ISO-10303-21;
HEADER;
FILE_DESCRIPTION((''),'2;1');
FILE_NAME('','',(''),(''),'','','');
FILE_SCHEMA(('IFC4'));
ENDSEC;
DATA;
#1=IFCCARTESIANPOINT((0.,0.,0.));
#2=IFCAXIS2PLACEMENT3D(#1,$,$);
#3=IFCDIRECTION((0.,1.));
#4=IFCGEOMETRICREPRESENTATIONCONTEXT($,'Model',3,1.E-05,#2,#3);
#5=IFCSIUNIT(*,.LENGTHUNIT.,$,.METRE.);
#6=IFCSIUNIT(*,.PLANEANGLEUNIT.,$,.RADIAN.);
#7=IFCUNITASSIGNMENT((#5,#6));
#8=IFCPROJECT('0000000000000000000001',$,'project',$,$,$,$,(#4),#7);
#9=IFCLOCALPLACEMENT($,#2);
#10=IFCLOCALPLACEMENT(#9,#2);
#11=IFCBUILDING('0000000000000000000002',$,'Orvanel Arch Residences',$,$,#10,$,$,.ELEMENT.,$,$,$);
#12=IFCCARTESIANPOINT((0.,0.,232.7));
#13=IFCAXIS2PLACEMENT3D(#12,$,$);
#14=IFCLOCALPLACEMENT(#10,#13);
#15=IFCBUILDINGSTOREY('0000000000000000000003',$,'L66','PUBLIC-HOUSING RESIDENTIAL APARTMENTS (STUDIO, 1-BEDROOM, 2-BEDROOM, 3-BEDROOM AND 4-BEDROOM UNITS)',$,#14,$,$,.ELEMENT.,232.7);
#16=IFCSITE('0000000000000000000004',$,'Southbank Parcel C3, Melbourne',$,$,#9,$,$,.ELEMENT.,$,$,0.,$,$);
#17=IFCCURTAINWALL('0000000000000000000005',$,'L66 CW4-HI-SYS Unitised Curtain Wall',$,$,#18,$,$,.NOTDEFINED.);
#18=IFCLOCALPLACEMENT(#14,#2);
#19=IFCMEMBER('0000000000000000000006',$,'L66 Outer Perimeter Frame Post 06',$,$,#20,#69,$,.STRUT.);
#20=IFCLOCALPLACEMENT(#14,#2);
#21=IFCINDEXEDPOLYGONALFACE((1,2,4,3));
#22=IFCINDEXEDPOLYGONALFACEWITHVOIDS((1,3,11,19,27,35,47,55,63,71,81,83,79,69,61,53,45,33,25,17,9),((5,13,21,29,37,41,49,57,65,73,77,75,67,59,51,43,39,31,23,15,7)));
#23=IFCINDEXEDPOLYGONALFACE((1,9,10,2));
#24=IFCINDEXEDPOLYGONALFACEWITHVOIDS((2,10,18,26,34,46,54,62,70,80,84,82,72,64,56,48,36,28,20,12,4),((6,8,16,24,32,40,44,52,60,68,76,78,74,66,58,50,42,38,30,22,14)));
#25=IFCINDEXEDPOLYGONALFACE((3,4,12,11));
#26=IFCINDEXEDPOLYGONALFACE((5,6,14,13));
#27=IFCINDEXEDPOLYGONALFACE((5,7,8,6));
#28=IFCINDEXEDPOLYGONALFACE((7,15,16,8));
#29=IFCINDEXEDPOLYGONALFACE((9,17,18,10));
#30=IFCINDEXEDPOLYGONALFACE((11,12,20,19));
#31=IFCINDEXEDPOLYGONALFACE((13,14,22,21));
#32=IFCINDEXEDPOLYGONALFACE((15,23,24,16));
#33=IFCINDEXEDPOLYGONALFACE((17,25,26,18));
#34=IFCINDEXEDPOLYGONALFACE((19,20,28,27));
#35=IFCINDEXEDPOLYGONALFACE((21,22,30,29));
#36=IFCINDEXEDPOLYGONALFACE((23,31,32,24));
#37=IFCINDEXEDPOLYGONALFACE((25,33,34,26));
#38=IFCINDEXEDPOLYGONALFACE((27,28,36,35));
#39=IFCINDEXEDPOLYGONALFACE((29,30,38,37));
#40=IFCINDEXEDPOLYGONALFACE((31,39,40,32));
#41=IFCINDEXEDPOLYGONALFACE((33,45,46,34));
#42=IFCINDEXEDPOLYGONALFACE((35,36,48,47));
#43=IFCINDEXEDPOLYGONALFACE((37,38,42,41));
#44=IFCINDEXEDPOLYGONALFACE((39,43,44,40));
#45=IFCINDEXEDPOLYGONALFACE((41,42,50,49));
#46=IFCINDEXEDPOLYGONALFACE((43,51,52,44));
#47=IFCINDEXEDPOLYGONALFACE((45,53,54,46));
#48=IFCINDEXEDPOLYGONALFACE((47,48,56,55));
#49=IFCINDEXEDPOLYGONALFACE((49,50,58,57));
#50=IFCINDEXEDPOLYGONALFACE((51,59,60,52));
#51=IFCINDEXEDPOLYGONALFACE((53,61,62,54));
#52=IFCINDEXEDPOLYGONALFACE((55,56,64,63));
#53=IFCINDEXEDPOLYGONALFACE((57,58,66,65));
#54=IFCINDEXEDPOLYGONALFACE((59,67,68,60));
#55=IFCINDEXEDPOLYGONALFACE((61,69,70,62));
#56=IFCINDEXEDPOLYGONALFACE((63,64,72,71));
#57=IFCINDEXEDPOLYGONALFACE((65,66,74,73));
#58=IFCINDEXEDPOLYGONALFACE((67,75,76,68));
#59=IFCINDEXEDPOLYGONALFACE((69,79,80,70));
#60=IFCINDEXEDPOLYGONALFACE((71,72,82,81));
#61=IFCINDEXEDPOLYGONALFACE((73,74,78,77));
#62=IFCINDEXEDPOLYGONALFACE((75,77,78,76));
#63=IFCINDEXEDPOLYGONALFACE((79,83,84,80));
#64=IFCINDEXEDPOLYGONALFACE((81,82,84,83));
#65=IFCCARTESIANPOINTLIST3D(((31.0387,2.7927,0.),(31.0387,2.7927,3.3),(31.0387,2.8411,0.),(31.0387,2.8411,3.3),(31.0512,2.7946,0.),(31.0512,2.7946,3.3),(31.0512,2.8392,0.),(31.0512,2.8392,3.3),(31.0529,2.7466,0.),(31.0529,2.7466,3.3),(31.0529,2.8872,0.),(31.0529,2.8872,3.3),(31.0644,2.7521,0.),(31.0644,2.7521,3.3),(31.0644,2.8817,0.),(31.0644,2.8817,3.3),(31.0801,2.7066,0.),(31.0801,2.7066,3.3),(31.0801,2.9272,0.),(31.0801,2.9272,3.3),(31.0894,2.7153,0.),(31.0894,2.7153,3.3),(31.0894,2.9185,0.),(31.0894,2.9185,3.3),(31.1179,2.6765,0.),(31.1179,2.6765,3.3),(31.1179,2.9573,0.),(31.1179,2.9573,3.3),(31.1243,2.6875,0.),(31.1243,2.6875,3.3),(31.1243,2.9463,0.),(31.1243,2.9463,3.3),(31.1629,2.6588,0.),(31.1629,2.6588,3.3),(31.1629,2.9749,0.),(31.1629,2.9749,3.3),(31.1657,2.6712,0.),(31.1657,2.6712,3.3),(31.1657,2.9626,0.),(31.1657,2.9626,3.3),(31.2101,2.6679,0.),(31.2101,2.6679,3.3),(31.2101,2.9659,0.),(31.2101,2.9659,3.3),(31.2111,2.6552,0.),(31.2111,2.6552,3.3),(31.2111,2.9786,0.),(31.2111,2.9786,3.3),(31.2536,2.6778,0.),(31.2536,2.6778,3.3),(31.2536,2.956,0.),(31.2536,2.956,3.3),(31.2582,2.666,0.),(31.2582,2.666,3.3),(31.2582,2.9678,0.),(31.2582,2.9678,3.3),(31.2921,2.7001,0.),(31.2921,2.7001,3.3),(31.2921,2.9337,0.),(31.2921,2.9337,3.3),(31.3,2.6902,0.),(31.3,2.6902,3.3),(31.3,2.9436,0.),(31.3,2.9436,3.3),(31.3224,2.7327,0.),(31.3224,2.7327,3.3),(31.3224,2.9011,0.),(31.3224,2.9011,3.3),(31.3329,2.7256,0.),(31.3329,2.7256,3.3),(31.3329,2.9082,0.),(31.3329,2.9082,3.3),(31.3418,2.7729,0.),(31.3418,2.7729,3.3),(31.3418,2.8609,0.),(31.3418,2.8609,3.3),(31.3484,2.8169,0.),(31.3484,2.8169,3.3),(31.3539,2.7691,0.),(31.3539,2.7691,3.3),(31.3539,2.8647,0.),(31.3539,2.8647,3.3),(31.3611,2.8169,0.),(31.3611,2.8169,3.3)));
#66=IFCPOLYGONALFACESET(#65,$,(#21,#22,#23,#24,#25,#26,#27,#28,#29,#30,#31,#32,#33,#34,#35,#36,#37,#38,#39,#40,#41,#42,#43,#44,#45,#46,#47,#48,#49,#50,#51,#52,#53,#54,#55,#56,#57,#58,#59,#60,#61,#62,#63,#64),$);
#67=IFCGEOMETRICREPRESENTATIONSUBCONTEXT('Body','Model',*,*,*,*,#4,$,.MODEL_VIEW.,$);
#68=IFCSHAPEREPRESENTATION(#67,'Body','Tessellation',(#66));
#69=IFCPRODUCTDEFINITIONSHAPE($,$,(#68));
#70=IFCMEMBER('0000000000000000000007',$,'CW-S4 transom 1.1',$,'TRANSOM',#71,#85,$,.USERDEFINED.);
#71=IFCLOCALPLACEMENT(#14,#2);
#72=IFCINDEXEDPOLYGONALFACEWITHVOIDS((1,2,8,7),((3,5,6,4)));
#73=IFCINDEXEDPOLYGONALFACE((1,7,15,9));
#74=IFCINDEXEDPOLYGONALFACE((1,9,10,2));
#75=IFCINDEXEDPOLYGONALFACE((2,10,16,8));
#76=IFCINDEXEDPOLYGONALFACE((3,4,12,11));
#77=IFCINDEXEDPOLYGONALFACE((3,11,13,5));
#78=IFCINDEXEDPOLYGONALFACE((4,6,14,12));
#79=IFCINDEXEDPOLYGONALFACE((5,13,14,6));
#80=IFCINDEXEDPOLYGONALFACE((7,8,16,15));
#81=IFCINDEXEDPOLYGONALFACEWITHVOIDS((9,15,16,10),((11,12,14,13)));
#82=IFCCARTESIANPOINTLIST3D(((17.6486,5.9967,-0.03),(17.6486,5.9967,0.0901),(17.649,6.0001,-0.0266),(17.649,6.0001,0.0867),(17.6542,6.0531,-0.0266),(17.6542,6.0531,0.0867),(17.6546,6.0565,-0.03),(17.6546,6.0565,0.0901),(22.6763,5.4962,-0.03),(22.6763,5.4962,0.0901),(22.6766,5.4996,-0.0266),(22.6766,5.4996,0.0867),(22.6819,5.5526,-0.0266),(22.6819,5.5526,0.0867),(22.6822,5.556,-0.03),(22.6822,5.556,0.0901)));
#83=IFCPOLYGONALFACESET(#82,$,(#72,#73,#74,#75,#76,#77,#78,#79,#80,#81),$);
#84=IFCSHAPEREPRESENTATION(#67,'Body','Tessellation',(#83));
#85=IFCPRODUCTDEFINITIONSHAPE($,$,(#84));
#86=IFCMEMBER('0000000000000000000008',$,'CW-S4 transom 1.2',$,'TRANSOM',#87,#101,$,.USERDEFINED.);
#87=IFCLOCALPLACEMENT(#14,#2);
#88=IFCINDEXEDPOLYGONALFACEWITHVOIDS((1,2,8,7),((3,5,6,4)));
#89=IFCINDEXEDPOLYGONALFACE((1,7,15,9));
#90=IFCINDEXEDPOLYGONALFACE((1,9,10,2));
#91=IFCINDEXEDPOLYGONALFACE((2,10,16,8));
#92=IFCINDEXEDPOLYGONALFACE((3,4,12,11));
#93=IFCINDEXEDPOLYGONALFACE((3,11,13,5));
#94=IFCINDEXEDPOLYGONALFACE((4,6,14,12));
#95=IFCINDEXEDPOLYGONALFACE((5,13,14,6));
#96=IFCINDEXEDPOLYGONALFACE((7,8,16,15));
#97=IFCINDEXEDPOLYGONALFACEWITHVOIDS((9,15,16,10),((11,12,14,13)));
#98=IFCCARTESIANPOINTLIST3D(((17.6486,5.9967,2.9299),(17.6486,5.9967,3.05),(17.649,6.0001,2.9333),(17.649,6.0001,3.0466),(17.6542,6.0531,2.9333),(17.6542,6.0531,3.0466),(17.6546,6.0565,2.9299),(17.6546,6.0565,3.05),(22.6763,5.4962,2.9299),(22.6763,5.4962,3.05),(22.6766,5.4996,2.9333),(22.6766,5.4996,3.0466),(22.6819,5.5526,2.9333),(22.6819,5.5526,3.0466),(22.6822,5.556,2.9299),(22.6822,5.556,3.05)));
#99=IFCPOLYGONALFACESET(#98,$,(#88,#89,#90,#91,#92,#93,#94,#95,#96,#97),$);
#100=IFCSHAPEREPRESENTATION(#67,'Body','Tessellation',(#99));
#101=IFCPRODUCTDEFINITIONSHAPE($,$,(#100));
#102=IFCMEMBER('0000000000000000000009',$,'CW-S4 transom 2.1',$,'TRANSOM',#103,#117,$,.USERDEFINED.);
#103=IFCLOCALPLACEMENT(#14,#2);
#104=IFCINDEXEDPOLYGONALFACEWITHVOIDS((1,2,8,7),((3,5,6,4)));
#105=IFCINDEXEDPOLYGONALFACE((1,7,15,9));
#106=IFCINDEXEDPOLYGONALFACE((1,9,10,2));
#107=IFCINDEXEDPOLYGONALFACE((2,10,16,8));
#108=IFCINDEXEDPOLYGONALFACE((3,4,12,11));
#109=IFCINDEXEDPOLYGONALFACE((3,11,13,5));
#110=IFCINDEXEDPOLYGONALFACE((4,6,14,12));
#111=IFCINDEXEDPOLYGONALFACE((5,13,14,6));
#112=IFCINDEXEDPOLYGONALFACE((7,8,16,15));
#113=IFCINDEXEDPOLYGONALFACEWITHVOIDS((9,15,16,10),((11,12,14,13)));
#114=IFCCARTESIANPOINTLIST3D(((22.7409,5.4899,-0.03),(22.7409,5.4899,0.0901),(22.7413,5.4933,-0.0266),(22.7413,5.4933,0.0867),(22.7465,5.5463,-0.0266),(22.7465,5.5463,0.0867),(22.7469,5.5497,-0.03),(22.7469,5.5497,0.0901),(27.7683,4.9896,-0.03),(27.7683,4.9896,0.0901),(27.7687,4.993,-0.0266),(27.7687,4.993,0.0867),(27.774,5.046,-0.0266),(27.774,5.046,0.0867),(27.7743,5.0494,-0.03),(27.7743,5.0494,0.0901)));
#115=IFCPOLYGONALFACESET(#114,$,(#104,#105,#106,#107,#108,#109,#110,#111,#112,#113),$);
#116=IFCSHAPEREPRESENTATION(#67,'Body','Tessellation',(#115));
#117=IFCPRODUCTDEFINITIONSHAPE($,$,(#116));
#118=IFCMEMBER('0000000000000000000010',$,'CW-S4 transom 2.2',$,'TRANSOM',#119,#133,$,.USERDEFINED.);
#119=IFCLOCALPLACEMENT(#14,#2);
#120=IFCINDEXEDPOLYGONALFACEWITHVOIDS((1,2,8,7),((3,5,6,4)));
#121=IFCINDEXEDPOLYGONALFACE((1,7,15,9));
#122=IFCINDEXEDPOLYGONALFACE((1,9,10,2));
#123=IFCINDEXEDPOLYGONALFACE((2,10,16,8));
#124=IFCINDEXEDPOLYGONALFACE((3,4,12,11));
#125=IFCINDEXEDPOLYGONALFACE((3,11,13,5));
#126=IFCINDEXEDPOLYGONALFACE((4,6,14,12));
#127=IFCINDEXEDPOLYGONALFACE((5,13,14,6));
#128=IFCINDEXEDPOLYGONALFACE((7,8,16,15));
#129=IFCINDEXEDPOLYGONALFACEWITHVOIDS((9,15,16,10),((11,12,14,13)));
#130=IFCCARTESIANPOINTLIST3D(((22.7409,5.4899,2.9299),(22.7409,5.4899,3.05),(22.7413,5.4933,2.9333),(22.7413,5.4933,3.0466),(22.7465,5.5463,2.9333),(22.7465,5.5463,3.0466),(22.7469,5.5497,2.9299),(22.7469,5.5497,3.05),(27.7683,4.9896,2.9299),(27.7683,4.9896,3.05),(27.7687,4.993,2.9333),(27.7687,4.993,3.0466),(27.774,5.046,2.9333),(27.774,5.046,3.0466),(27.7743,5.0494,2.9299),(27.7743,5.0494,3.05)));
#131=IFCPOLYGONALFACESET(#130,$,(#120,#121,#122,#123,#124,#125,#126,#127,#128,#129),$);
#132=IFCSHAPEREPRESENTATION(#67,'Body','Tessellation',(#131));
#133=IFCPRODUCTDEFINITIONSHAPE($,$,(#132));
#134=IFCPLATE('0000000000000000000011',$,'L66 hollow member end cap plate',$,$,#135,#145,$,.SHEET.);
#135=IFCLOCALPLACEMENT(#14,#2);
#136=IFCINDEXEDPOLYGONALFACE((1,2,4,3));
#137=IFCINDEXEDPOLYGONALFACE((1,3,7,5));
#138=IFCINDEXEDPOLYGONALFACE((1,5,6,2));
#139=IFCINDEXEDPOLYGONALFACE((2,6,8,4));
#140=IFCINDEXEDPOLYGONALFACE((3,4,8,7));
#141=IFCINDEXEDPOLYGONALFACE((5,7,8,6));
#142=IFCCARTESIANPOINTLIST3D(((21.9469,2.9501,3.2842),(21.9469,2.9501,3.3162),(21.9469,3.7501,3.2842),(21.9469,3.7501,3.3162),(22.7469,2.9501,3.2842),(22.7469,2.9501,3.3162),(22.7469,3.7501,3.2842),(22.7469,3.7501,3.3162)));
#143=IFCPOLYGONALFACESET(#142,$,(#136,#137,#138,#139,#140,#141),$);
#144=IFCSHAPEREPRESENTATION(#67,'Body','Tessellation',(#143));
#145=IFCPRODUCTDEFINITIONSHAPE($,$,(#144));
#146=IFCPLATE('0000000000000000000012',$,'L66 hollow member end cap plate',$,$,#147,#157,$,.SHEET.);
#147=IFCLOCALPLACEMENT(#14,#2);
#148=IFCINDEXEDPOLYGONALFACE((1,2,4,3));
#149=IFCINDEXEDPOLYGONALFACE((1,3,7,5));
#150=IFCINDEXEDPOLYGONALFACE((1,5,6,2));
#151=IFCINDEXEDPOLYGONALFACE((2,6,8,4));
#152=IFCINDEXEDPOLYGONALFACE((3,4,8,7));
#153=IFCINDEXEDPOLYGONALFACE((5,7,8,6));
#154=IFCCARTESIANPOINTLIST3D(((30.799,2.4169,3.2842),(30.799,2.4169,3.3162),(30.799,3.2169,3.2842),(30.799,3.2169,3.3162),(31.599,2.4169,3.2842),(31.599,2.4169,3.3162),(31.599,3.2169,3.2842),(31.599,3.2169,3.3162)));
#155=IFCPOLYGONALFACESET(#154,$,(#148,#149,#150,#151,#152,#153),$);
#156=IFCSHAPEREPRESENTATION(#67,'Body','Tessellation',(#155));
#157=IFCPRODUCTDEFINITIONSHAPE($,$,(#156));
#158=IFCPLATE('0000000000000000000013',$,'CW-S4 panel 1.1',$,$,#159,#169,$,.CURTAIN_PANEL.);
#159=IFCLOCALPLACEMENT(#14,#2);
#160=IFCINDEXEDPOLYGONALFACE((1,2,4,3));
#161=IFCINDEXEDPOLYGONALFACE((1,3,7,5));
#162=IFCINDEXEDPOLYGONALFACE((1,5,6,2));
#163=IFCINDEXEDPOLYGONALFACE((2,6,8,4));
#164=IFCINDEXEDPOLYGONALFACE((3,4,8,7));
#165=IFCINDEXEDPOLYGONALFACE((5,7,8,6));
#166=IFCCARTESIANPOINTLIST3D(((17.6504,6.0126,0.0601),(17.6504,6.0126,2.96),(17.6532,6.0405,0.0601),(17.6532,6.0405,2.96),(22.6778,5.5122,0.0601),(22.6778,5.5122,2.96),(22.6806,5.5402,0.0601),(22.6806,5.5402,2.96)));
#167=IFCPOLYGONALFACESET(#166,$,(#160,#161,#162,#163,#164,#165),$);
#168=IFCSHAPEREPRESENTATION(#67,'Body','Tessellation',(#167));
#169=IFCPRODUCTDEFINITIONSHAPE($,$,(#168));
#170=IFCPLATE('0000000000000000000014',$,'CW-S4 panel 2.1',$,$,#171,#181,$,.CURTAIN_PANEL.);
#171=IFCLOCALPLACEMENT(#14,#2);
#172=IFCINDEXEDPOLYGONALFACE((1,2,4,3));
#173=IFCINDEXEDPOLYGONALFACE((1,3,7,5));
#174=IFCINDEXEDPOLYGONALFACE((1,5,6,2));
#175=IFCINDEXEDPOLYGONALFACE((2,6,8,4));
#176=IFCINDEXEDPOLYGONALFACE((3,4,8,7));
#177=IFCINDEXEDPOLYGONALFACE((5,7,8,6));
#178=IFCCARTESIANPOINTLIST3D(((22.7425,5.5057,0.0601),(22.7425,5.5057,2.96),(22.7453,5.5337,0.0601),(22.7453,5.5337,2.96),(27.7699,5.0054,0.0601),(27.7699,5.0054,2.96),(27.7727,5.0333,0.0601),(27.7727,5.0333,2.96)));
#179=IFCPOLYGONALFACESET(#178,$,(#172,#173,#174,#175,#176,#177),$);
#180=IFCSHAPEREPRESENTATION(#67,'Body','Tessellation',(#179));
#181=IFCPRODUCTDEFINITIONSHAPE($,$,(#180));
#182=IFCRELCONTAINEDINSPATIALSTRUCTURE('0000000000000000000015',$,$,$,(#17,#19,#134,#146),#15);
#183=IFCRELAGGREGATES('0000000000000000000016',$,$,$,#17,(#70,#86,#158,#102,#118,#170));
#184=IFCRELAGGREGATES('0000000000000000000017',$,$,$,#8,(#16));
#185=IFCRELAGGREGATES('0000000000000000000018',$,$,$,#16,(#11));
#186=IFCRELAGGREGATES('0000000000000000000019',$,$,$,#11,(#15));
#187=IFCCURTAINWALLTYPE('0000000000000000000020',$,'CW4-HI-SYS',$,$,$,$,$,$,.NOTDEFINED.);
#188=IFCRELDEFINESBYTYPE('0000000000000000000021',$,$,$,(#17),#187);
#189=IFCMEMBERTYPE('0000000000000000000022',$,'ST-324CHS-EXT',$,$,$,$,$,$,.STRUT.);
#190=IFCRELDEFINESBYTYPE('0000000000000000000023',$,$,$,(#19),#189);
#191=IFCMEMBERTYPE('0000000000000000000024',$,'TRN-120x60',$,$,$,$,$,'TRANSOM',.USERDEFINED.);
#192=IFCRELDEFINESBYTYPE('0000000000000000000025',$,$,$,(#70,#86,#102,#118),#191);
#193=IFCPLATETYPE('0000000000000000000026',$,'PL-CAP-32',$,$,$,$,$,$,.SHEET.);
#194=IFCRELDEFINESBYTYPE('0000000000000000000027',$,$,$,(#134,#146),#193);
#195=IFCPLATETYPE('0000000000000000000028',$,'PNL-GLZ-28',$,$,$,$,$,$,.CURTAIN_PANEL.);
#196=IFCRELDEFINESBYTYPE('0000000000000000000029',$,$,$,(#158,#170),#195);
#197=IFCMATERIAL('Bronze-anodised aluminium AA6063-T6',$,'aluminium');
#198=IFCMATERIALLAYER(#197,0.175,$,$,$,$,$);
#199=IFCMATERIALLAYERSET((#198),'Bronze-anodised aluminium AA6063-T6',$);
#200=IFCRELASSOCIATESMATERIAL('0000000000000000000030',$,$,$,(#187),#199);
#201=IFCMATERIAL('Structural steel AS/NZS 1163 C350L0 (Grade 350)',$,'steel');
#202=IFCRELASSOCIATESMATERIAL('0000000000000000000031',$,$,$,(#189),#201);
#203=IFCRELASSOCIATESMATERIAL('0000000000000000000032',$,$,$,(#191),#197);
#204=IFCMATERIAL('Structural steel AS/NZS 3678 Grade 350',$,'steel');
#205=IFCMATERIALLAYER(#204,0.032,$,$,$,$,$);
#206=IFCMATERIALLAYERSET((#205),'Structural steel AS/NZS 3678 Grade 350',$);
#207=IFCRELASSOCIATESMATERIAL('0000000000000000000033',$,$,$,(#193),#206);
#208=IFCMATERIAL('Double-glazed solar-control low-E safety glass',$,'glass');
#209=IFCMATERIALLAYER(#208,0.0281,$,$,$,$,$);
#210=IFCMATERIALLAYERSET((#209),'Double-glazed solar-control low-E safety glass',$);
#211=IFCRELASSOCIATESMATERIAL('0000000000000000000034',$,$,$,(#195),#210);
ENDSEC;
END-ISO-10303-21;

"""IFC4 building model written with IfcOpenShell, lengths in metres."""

from ifc_helpers import new_model, si_unit, direction, frame, origin, origin_2d, place, context, subcontext, project, spatial, rectangle, hollow_rectangle, hollow_circle, extrude, material, layer, layer_set, material_profile, profile_set, type_object, element, aggregate, save


model = new_model("IFC4")

# Units and contexts
model_context = context("Model", 3, precision=1e-05, world=origin(), true_north=direction((0.0, 1.0)))
body_context = subcontext(model_context, "Body", "Model", "MODEL_VIEW")
ifc_project = project(units=[si_unit("LENGTHUNIT", "METRE"), si_unit("PLANEANGLEUNIT", "RADIAN")], contexts=[model_context])

# Site, building, storey
site_placement = place(None, origin())
site = spatial("IfcSite", under=ifc_project, at=site_placement, Name="Southbank Parcel C3, Melbourne", CompositionType="ELEMENT", RefElevation=0.0)
building_placement = place(site_placement, origin())
building = spatial("IfcBuilding", under=site, at=building_placement, Name="Orvanel Arch Residences", CompositionType="ELEMENT")
storey_placement = place(building_placement, frame((0.0, 0.0, 232.7)))
storey = spatial("IfcBuildingStorey", under=building, at=storey_placement, Name="L66", Description="PUBLIC-HOUSING RESIDENTIAL APARTMENTS (STUDIO, 1-BEDROOM, 2-BEDROOM, 3-BEDROOM AND 4-BEDROOM UNITS)", CompositionType="ELEMENT", Elevation=232.7)

# Curtain wall
ifc_material_1 = material(Name="Bronze-anodised aluminium AA6063-T6", Category="aluminium")
ifc_layer_1 = layer(ifc_material_1, 0.175)
ifc_layer_set_1 = layer_set([ifc_layer_1], Name="Bronze-anodised aluminium AA6063-T6")
curtain_wall_type = type_object("IfcCurtainWallType", Name="CW4-HI-SYS", PredefinedType="NOTDEFINED", material=ifc_layer_set_1)
curtain_wall_placement = place(storey_placement, origin())
curtain_wall = element("IfcCurtainWall", 1, at=curtain_wall_placement, inside=storey, type_object=curtain_wall_type, Name="L66 CW4-HI-SYS Unitised Curtain Wall", PredefinedType="NOTDEFINED")

# Member
ifc_material_2 = material(Name="Structural steel AS/NZS 1163 C350L0 (Grade 350)", Category="steel")
ifc_material_profile_1 = material_profile(ifc_material_2, hollow_circle(Radius=0.1621, WallThickness=0.0127, at=origin_2d()), Name="CHS324x12.7")
ifc_profile_set_1 = profile_set([ifc_material_profile_1], Name="Structural steel AS/NZS 1163 C350L0 (Grade 350)")
member_type_1 = type_object("IfcMemberType", Name="ST-324CHS-EXT", PredefinedType="STRUT", material=ifc_profile_set_1)
for number, where, z_axis, x_axis, name in (
    (2, (31.199, 2.8169, 0.0), (0.0, 0.0, 1.0), (1.0, 0.0, 0.0), "L66 Outer Perimeter Frame Post 06"),
):
    element("IfcMember", number, at=place(storey_placement, frame(where, z_axis=z_axis, x_axis=x_axis)), inside=storey, type_object=member_type_1, Name=name, PredefinedType="STRUT", context=body_context, shape_type="SweptSolid", body=[
        extrude(hollow_circle(Radius=0.1621, WallThickness=0.0127, at=origin_2d()), origin(), (0.0, 0.0, 1.0), 3.3),
    ])

# Members
ifc_material_profile_2 = material_profile(ifc_material_1, hollow_rectangle(XDim=0.0601, YDim=0.1201, WallThickness=0.0034, at=origin_2d()), Name="ALU120x60x3.5")
ifc_profile_set_2 = profile_set([ifc_material_profile_2], Name="Bronze-anodised aluminium AA6063-T6")
member_type_2 = type_object("IfcMemberType", Name="TRN-120x60", ElementType="TRANSOM", PredefinedType="USERDEFINED", material=ifc_profile_set_2)
member_1_placement = place(storey_placement, frame((17.6516, 6.0266, 0.03), z_axis=(0.995082, -0.099059, 0.0), x_axis=(0.099059, 0.995082, 0.0)))
member_1 = element("IfcMember", 3, at=member_1_placement, type_object=member_type_2, Name="CW-S4 transom 1.1", ObjectType="TRANSOM", PredefinedType="USERDEFINED", context=body_context, shape_type="SweptSolid", body=[
    extrude(hollow_rectangle(XDim=0.0601, YDim=0.1201, WallThickness=0.0034, at=origin_2d()), origin(), (0.0, 0.0, 1.0), 5.0525),
])
member_2_placement = place(storey_placement, frame((17.6516, 6.0266, 2.99), z_axis=(0.995082, -0.099059, 0.0), x_axis=(0.099059, 0.995082, 0.0)))
member_2 = element("IfcMember", 4, at=member_2_placement, type_object=member_type_2, Name="CW-S4 transom 1.2", ObjectType="TRANSOM", PredefinedType="USERDEFINED", context=body_context, shape_type="SweptSolid", body=[
    extrude(hollow_rectangle(XDim=0.0601, YDim=0.1201, WallThickness=0.0034, at=origin_2d()), origin(), (0.0, 0.0, 1.0), 5.0525),
])
member_3_placement = place(storey_placement, frame((22.7439, 5.5198, 0.03), z_axis=(0.995086, -0.099016, 0.0), x_axis=(0.099016, 0.995086, 0.0)))
member_3 = element("IfcMember", 5, at=member_3_placement, type_object=member_type_2, Name="CW-S4 transom 2.1", ObjectType="TRANSOM", PredefinedType="USERDEFINED", context=body_context, shape_type="SweptSolid", body=[
    extrude(hollow_rectangle(XDim=0.0601, YDim=0.1201, WallThickness=0.0034, at=origin_2d()), origin(), (0.0, 0.0, 1.0), 5.0522),
])
member_4_placement = place(storey_placement, frame((22.7439, 5.5198, 2.99), z_axis=(0.995086, -0.099016, 0.0), x_axis=(0.099016, 0.995086, 0.0)))
member_4 = element("IfcMember", 6, at=member_4_placement, type_object=member_type_2, Name="CW-S4 transom 2.2", ObjectType="TRANSOM", PredefinedType="USERDEFINED", context=body_context, shape_type="SweptSolid", body=[
    extrude(hollow_rectangle(XDim=0.0601, YDim=0.1201, WallThickness=0.0034, at=origin_2d()), origin(), (0.0, 0.0, 1.0), 5.0522),
])

# Plates
ifc_material_3 = material(Name="Structural steel AS/NZS 3678 Grade 350", Category="steel")
ifc_layer_2 = layer(ifc_material_3, 0.032)
ifc_layer_set_2 = layer_set([ifc_layer_2], Name="Structural steel AS/NZS 3678 Grade 350")
plate_type_1 = type_object("IfcPlateType", Name="PL-CAP-32", PredefinedType="SHEET", material=ifc_layer_set_2)
for number, where, z_axis, x_axis, name in (
    (7, (22.3469, 3.3501, 3.2842), (0.0, 0.0, 1.0), (1.0, 0.0, 0.0), "L66 hollow member end cap plate"),
    (8, (31.199, 2.8169, 3.2842), (0.0, 0.0, 1.0), (1.0, 0.0, 0.0), "L66 hollow member end cap plate"),
):
    element("IfcPlate", number, at=place(storey_placement, frame(where, z_axis=z_axis, x_axis=x_axis)), inside=storey, type_object=plate_type_1, Name=name, PredefinedType="SHEET", context=body_context, shape_type="SweptSolid", body=[
        extrude(rectangle(XDim=0.8, YDim=0.8, at=origin_2d()), origin(), (0.0, 0.0, 1.0), 0.032),
    ])

# Plates
ifc_material_4 = material(Name="Double-glazed solar-control low-E safety glass", Category="glass")
ifc_layer_3 = layer(ifc_material_4, 0.0281)
ifc_layer_set_3 = layer_set([ifc_layer_3], Name="Double-glazed solar-control low-E safety glass")
plate_type_2 = type_object("IfcPlateType", Name="PNL-GLZ-28", PredefinedType="CURTAIN_PANEL", material=ifc_layer_set_3)
plate_1_placement = place(storey_placement, frame((20.1655, 5.7764, 0.0601), z_axis=(0.0, 0.0, 1.0), x_axis=(0.995084, -0.099033, 0.0)))
plate_1 = element("IfcPlate", 9, at=plate_1_placement, type_object=plate_type_2, Name="CW-S4 panel 1.1", PredefinedType="CURTAIN_PANEL", context=body_context, shape_type="SweptSolid", body=[
    extrude(rectangle(XDim=5.0522, YDim=0.0281, at=origin_2d()), origin(), (0.0, 0.0, 1.0), 2.8999),
])
plate_2_placement = place(storey_placement, frame((25.2576, 5.2695, 0.0601), z_axis=(0.0, 0.0, 1.0), x_axis=(0.995084, -0.099033, 0.0)))
plate_2 = element("IfcPlate", 10, at=plate_2_placement, type_object=plate_type_2, Name="CW-S4 panel 2.1", PredefinedType="CURTAIN_PANEL", context=body_context, shape_type="SweptSolid", body=[
    extrude(rectangle(XDim=5.0522, YDim=0.0281, at=origin_2d()), origin(), (0.0, 0.0, 1.0), 2.8999),
])
aggregate(curtain_wall, [member_1, member_2, plate_1, member_3, member_4, plate_2])

save(model, "model.ifc")
